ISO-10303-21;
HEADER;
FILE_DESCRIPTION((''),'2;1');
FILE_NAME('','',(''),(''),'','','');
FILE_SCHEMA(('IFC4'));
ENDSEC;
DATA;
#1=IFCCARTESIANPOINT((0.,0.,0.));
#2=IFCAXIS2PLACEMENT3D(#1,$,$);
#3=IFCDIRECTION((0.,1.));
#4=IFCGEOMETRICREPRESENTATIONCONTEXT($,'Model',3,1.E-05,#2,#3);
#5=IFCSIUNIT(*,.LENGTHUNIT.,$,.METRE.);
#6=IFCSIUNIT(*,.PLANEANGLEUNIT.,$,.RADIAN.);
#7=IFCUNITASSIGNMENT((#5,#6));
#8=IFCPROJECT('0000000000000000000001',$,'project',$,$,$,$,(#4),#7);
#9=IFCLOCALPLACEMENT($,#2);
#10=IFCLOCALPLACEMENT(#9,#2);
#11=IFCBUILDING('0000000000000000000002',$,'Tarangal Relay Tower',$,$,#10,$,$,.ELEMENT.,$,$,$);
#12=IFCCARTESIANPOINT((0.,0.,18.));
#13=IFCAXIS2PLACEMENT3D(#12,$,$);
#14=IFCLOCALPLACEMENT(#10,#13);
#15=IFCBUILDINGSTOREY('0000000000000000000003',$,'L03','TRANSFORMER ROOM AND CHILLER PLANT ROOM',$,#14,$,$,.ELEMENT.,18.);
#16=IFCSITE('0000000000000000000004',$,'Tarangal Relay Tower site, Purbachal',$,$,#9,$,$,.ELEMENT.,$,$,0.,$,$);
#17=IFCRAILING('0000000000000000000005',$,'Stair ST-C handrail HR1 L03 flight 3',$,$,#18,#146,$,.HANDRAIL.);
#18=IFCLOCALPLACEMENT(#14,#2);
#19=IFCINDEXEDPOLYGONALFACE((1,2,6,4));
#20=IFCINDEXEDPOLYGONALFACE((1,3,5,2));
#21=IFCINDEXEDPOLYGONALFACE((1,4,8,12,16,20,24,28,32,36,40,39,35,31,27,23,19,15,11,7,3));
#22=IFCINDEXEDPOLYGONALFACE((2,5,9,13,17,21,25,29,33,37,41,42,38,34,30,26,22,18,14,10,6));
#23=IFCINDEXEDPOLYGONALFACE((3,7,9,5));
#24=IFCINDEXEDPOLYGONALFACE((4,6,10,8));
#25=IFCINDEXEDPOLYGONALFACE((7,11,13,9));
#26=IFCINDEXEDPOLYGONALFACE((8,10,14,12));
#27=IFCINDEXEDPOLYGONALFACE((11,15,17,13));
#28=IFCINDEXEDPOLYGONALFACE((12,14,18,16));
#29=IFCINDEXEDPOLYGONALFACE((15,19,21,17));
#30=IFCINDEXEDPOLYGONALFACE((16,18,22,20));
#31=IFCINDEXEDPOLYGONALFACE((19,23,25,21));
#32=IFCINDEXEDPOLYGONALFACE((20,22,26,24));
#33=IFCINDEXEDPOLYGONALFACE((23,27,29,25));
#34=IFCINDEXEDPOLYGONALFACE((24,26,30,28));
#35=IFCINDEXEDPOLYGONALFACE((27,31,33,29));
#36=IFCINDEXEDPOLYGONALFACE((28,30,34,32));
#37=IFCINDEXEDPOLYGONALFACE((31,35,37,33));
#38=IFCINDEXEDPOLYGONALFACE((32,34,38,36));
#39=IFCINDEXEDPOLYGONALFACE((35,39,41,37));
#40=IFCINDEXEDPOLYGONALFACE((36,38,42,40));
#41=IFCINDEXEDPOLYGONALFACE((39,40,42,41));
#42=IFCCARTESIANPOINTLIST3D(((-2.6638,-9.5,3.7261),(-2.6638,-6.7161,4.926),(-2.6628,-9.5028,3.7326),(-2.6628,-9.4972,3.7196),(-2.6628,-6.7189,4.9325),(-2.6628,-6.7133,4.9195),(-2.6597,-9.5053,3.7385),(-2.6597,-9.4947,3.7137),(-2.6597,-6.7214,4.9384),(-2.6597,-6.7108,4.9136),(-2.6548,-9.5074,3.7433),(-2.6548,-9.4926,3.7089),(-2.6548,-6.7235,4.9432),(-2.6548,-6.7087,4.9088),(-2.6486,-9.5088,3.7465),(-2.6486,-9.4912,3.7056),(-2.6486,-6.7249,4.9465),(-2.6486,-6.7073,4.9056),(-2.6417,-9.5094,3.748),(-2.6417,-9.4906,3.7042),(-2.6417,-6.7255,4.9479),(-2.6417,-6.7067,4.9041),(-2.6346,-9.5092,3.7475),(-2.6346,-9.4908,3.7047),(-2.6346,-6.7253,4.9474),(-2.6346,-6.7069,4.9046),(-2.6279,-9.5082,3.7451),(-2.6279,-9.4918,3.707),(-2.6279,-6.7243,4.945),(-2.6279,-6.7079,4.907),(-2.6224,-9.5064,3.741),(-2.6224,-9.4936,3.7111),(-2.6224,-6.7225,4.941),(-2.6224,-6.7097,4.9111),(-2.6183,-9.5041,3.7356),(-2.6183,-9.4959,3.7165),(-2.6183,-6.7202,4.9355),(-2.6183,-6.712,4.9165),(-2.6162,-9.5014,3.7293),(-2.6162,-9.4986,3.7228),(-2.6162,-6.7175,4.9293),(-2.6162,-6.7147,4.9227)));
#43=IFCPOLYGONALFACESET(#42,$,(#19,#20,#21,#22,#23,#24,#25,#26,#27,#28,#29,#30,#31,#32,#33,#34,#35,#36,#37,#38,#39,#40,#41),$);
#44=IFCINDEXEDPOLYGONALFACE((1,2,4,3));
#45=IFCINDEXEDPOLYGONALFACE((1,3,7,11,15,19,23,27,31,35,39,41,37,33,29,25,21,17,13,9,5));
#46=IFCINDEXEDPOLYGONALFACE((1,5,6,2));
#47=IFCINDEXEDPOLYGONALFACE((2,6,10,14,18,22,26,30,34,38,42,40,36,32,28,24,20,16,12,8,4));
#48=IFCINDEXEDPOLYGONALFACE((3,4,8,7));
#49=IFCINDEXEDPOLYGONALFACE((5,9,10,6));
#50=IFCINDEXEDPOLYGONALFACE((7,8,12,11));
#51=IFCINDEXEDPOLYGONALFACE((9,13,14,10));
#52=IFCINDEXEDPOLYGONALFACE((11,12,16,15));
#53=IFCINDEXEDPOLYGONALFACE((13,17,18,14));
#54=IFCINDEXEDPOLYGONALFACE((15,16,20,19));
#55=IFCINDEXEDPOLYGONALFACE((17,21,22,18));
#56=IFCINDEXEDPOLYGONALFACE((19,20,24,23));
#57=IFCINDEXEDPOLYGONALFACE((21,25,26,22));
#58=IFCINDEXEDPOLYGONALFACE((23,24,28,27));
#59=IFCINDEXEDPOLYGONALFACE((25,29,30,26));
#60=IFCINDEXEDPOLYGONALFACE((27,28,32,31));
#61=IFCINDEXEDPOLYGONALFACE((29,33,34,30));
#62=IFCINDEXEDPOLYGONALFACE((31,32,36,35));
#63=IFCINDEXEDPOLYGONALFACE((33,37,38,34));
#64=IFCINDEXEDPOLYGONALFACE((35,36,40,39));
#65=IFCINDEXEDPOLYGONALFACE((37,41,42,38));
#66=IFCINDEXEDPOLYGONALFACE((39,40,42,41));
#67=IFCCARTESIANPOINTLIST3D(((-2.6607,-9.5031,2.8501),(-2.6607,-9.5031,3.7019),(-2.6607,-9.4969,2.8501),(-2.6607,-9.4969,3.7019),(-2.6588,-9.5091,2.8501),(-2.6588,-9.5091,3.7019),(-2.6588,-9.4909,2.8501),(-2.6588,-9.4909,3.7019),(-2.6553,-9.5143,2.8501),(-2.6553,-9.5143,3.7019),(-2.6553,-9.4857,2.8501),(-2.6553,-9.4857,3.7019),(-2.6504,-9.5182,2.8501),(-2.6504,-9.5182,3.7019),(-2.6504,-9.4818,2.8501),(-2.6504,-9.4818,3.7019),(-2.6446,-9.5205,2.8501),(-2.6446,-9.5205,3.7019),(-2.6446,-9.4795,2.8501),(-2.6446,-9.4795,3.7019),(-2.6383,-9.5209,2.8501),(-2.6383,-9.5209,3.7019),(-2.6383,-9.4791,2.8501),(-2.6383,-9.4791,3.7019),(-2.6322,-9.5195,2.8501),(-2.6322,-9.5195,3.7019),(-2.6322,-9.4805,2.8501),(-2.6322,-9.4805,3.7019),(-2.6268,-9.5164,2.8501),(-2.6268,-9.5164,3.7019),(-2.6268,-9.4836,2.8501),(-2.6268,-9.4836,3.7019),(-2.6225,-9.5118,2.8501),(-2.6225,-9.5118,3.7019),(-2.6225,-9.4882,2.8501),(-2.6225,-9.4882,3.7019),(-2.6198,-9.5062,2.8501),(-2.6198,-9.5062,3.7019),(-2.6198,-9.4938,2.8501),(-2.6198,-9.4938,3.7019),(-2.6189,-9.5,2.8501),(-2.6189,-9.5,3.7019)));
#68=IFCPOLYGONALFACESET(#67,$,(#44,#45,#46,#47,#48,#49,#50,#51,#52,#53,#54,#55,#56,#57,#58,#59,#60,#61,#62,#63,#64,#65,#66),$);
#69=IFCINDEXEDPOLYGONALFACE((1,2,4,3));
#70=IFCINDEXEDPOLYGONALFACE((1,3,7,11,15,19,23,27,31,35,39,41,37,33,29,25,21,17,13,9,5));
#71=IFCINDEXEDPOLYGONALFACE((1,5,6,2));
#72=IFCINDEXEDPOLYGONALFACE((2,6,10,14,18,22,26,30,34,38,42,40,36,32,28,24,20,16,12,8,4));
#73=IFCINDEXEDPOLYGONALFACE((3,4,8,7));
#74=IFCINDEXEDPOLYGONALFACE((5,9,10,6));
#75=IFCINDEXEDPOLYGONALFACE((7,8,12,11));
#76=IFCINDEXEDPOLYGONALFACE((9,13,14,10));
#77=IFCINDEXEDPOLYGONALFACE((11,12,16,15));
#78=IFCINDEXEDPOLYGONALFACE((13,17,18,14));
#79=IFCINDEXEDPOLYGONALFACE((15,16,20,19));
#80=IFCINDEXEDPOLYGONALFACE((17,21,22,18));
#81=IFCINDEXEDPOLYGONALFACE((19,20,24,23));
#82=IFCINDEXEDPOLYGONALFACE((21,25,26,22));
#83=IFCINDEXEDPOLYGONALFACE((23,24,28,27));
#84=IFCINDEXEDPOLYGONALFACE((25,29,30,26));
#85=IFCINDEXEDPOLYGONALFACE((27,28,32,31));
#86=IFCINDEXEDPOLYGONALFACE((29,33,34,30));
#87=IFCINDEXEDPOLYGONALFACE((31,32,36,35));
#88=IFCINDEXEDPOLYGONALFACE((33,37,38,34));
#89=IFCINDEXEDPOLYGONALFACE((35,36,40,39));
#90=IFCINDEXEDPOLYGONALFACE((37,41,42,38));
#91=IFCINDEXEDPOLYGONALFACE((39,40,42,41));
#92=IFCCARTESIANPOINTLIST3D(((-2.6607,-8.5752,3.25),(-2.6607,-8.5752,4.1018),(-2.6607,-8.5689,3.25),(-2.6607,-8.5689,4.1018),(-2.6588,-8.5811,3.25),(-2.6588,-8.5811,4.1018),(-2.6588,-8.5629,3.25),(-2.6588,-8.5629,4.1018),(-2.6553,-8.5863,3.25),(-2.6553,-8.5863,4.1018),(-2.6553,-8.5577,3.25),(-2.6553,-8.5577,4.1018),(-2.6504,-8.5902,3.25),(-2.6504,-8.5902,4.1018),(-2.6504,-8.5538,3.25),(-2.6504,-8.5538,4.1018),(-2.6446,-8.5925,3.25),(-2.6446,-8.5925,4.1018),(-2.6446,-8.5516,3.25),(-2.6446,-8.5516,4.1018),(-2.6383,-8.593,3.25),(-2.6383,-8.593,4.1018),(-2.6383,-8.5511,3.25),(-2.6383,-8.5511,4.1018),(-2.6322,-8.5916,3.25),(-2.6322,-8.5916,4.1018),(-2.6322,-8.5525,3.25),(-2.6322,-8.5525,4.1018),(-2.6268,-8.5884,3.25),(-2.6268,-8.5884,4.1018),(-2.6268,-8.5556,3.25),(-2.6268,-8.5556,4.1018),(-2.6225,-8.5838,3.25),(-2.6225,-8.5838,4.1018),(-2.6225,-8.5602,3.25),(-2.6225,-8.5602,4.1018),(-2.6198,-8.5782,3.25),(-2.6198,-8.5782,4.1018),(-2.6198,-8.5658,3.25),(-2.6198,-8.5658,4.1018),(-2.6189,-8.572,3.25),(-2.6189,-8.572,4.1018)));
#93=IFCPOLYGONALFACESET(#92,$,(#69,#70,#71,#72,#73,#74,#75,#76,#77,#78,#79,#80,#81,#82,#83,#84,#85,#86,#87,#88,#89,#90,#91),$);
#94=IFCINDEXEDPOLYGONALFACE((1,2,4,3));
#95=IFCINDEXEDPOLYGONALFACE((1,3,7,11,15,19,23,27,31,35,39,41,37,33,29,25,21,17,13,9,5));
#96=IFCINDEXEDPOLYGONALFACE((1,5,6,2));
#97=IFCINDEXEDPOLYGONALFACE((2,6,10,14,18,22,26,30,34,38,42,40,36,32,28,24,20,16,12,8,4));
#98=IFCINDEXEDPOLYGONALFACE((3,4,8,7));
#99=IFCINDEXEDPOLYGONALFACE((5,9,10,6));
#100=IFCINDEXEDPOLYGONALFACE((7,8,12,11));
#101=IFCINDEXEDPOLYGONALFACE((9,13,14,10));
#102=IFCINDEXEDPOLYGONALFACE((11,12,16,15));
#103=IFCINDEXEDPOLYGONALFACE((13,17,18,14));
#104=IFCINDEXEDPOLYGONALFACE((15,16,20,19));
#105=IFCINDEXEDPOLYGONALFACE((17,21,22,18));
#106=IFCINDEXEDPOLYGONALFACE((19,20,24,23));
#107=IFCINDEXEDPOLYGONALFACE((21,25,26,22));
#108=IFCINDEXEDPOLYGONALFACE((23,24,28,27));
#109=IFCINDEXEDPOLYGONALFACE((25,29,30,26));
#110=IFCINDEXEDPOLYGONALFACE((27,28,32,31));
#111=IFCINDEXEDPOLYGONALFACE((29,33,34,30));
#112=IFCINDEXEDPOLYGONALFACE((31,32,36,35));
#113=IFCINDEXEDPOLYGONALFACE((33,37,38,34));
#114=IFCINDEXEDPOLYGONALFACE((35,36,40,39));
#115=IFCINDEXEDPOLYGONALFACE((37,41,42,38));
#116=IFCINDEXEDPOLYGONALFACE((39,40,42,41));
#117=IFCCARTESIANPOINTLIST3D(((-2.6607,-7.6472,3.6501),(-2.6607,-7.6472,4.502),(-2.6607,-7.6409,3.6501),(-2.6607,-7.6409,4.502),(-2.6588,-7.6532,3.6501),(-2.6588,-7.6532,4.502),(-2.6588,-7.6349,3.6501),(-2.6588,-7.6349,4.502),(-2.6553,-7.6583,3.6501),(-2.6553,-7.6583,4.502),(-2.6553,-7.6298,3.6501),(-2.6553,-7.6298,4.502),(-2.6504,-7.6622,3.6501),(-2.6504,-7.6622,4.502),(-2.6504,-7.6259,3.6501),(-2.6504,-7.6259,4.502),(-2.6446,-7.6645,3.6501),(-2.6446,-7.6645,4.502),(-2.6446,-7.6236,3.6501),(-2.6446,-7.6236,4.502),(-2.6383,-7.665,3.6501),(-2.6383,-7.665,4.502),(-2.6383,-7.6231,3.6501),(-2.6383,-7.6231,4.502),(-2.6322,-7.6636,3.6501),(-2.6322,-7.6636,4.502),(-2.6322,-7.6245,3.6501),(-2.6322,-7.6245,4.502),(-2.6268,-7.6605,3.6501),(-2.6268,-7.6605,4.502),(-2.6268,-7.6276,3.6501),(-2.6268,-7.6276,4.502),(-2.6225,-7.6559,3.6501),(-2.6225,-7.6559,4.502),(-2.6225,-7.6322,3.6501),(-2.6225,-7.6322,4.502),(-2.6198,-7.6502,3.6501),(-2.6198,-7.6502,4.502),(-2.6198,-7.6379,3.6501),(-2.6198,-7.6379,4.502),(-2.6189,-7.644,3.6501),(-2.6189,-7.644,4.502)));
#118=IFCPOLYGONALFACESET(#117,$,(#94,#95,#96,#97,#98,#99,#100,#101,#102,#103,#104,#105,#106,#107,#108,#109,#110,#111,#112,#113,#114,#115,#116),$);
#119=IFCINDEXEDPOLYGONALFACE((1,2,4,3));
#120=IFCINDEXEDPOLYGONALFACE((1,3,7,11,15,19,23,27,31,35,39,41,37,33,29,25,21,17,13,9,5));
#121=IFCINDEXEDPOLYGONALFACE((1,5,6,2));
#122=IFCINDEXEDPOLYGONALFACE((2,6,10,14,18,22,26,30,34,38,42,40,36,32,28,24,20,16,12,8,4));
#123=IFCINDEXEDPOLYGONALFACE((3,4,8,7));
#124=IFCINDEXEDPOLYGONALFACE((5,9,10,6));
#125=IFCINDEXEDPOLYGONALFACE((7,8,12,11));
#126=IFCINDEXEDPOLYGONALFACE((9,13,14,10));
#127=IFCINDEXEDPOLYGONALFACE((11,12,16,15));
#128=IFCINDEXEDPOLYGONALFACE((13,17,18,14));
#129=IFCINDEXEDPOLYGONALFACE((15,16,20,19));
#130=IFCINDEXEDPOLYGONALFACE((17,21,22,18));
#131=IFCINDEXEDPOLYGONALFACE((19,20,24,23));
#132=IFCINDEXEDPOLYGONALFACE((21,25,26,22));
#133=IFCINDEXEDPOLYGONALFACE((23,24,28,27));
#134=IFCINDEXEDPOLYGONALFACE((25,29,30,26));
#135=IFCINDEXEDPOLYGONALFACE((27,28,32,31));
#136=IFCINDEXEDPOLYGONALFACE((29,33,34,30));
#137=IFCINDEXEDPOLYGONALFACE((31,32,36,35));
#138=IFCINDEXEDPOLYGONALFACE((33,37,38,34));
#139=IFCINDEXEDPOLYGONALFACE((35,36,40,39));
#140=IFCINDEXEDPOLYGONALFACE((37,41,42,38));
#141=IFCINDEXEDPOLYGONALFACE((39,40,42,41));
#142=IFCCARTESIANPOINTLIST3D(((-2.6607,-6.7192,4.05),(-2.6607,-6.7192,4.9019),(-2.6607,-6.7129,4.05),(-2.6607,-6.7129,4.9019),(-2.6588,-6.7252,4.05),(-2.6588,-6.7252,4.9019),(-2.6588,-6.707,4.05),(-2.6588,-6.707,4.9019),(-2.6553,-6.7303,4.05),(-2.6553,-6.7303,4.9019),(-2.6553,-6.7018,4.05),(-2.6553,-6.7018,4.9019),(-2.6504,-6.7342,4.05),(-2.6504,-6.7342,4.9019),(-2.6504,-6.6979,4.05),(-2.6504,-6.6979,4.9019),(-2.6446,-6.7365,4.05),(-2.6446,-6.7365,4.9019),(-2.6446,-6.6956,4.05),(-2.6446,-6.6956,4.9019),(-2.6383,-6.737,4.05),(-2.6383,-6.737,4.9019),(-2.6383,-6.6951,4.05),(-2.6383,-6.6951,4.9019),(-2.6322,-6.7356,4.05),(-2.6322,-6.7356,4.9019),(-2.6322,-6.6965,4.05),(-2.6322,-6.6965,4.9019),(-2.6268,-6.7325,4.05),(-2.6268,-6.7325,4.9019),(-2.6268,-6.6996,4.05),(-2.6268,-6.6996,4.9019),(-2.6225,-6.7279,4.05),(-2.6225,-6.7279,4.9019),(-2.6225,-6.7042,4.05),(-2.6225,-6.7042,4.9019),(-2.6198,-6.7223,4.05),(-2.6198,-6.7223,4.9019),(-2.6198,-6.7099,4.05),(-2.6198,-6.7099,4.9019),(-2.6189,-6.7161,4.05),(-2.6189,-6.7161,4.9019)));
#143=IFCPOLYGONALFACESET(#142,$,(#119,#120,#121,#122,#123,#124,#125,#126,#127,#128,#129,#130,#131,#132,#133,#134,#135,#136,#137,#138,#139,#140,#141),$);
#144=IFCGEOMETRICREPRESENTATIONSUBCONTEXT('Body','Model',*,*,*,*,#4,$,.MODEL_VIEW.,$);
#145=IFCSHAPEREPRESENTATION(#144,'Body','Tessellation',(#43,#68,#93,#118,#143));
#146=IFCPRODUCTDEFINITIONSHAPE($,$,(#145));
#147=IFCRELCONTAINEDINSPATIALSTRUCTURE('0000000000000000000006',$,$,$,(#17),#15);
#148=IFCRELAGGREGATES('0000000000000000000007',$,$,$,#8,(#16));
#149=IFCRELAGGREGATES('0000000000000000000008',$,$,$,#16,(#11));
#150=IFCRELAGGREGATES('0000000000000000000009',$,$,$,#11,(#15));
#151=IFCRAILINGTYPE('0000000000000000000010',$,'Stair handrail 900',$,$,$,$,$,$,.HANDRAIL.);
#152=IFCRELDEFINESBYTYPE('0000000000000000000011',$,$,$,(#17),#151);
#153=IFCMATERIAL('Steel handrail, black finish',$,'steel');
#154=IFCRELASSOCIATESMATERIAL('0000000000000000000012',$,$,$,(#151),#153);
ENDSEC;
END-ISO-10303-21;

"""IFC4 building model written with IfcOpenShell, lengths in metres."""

from ifc_helpers import new_model, si_unit, direction, frame, origin, origin_2d, place, context, subcontext, project, spatial, circle, extrude, material, type_object, element, save


model = new_model("IFC4")

# Units and contexts
model_context = context("Model", 3, precision=1e-05, world=origin(), true_north=direction((0.0, 1.0)))
body_context = subcontext(model_context, "Body", "Model", "MODEL_VIEW")
ifc_project = project(units=[si_unit("LENGTHUNIT", "METRE"), si_unit("PLANEANGLEUNIT", "RADIAN")], contexts=[model_context])

# Site, building, storey
site_placement = place(None, origin())
site = spatial("IfcSite", under=ifc_project, at=site_placement, Name="Tarangal Relay Tower site, Purbachal", CompositionType="ELEMENT", RefElevation=0.0)
building_placement = place(site_placement, origin())
building = spatial("IfcBuilding", under=site, at=building_placement, Name="Tarangal Relay Tower", CompositionType="ELEMENT")
storey_placement = place(building_placement, frame((0.0, 0.0, 18.0)))
storey = spatial("IfcBuildingStorey", under=building, at=storey_placement, Name="L03", Description="TRANSFORMER ROOM AND CHILLER PLANT ROOM", CompositionType="ELEMENT", Elevation=18.0)

# Railing
ifc_material_1 = material(Name="Steel handrail, black finish", Category="steel")
railing_type_1 = type_object("IfcRailingType", Name="Stair handrail 900", PredefinedType="HANDRAIL", material=ifc_material_1)
railing_1_placement = place(storey_placement, frame((-2.6399, -9.5, 2.8501)))
element("IfcRailing", 1, at=railing_1_placement, inside=storey, type_object=railing_type_1, Name="Stair ST-C handrail HR1 L03 flight 3", PredefinedType="HANDRAIL", context=body_context, shape_type="SweptSolid", body=[
    extrude(circle(Radius=0.0239, at=origin_2d()), frame((0.0, 0.0, 0.876), z_axis=(0.0, 0.918327, 0.395823), x_axis=(-1.0, 0.0, 0.0)), (0.0, 0.0, 1.0), 3.0315),
    extrude(circle(Radius=0.021, at=origin_2d()), origin(), (0.0, 0.0, 1.0), 0.8518),
    extrude(circle(Radius=0.021, at=origin_2d()), frame((0.0, 0.928, 0.3999)), (0.0, 0.0, 1.0), 0.8518),
    extrude(circle(Radius=0.021, at=origin_2d()), frame((0.0, 1.856, 0.8)), (0.0, 0.0, 1.0), 0.8518),
    extrude(circle(Radius=0.021, at=origin_2d()), frame((0.0, 2.7839, 1.2)), (0.0, 0.0, 1.0), 0.8518),
])

save(model, "model.ifc")
